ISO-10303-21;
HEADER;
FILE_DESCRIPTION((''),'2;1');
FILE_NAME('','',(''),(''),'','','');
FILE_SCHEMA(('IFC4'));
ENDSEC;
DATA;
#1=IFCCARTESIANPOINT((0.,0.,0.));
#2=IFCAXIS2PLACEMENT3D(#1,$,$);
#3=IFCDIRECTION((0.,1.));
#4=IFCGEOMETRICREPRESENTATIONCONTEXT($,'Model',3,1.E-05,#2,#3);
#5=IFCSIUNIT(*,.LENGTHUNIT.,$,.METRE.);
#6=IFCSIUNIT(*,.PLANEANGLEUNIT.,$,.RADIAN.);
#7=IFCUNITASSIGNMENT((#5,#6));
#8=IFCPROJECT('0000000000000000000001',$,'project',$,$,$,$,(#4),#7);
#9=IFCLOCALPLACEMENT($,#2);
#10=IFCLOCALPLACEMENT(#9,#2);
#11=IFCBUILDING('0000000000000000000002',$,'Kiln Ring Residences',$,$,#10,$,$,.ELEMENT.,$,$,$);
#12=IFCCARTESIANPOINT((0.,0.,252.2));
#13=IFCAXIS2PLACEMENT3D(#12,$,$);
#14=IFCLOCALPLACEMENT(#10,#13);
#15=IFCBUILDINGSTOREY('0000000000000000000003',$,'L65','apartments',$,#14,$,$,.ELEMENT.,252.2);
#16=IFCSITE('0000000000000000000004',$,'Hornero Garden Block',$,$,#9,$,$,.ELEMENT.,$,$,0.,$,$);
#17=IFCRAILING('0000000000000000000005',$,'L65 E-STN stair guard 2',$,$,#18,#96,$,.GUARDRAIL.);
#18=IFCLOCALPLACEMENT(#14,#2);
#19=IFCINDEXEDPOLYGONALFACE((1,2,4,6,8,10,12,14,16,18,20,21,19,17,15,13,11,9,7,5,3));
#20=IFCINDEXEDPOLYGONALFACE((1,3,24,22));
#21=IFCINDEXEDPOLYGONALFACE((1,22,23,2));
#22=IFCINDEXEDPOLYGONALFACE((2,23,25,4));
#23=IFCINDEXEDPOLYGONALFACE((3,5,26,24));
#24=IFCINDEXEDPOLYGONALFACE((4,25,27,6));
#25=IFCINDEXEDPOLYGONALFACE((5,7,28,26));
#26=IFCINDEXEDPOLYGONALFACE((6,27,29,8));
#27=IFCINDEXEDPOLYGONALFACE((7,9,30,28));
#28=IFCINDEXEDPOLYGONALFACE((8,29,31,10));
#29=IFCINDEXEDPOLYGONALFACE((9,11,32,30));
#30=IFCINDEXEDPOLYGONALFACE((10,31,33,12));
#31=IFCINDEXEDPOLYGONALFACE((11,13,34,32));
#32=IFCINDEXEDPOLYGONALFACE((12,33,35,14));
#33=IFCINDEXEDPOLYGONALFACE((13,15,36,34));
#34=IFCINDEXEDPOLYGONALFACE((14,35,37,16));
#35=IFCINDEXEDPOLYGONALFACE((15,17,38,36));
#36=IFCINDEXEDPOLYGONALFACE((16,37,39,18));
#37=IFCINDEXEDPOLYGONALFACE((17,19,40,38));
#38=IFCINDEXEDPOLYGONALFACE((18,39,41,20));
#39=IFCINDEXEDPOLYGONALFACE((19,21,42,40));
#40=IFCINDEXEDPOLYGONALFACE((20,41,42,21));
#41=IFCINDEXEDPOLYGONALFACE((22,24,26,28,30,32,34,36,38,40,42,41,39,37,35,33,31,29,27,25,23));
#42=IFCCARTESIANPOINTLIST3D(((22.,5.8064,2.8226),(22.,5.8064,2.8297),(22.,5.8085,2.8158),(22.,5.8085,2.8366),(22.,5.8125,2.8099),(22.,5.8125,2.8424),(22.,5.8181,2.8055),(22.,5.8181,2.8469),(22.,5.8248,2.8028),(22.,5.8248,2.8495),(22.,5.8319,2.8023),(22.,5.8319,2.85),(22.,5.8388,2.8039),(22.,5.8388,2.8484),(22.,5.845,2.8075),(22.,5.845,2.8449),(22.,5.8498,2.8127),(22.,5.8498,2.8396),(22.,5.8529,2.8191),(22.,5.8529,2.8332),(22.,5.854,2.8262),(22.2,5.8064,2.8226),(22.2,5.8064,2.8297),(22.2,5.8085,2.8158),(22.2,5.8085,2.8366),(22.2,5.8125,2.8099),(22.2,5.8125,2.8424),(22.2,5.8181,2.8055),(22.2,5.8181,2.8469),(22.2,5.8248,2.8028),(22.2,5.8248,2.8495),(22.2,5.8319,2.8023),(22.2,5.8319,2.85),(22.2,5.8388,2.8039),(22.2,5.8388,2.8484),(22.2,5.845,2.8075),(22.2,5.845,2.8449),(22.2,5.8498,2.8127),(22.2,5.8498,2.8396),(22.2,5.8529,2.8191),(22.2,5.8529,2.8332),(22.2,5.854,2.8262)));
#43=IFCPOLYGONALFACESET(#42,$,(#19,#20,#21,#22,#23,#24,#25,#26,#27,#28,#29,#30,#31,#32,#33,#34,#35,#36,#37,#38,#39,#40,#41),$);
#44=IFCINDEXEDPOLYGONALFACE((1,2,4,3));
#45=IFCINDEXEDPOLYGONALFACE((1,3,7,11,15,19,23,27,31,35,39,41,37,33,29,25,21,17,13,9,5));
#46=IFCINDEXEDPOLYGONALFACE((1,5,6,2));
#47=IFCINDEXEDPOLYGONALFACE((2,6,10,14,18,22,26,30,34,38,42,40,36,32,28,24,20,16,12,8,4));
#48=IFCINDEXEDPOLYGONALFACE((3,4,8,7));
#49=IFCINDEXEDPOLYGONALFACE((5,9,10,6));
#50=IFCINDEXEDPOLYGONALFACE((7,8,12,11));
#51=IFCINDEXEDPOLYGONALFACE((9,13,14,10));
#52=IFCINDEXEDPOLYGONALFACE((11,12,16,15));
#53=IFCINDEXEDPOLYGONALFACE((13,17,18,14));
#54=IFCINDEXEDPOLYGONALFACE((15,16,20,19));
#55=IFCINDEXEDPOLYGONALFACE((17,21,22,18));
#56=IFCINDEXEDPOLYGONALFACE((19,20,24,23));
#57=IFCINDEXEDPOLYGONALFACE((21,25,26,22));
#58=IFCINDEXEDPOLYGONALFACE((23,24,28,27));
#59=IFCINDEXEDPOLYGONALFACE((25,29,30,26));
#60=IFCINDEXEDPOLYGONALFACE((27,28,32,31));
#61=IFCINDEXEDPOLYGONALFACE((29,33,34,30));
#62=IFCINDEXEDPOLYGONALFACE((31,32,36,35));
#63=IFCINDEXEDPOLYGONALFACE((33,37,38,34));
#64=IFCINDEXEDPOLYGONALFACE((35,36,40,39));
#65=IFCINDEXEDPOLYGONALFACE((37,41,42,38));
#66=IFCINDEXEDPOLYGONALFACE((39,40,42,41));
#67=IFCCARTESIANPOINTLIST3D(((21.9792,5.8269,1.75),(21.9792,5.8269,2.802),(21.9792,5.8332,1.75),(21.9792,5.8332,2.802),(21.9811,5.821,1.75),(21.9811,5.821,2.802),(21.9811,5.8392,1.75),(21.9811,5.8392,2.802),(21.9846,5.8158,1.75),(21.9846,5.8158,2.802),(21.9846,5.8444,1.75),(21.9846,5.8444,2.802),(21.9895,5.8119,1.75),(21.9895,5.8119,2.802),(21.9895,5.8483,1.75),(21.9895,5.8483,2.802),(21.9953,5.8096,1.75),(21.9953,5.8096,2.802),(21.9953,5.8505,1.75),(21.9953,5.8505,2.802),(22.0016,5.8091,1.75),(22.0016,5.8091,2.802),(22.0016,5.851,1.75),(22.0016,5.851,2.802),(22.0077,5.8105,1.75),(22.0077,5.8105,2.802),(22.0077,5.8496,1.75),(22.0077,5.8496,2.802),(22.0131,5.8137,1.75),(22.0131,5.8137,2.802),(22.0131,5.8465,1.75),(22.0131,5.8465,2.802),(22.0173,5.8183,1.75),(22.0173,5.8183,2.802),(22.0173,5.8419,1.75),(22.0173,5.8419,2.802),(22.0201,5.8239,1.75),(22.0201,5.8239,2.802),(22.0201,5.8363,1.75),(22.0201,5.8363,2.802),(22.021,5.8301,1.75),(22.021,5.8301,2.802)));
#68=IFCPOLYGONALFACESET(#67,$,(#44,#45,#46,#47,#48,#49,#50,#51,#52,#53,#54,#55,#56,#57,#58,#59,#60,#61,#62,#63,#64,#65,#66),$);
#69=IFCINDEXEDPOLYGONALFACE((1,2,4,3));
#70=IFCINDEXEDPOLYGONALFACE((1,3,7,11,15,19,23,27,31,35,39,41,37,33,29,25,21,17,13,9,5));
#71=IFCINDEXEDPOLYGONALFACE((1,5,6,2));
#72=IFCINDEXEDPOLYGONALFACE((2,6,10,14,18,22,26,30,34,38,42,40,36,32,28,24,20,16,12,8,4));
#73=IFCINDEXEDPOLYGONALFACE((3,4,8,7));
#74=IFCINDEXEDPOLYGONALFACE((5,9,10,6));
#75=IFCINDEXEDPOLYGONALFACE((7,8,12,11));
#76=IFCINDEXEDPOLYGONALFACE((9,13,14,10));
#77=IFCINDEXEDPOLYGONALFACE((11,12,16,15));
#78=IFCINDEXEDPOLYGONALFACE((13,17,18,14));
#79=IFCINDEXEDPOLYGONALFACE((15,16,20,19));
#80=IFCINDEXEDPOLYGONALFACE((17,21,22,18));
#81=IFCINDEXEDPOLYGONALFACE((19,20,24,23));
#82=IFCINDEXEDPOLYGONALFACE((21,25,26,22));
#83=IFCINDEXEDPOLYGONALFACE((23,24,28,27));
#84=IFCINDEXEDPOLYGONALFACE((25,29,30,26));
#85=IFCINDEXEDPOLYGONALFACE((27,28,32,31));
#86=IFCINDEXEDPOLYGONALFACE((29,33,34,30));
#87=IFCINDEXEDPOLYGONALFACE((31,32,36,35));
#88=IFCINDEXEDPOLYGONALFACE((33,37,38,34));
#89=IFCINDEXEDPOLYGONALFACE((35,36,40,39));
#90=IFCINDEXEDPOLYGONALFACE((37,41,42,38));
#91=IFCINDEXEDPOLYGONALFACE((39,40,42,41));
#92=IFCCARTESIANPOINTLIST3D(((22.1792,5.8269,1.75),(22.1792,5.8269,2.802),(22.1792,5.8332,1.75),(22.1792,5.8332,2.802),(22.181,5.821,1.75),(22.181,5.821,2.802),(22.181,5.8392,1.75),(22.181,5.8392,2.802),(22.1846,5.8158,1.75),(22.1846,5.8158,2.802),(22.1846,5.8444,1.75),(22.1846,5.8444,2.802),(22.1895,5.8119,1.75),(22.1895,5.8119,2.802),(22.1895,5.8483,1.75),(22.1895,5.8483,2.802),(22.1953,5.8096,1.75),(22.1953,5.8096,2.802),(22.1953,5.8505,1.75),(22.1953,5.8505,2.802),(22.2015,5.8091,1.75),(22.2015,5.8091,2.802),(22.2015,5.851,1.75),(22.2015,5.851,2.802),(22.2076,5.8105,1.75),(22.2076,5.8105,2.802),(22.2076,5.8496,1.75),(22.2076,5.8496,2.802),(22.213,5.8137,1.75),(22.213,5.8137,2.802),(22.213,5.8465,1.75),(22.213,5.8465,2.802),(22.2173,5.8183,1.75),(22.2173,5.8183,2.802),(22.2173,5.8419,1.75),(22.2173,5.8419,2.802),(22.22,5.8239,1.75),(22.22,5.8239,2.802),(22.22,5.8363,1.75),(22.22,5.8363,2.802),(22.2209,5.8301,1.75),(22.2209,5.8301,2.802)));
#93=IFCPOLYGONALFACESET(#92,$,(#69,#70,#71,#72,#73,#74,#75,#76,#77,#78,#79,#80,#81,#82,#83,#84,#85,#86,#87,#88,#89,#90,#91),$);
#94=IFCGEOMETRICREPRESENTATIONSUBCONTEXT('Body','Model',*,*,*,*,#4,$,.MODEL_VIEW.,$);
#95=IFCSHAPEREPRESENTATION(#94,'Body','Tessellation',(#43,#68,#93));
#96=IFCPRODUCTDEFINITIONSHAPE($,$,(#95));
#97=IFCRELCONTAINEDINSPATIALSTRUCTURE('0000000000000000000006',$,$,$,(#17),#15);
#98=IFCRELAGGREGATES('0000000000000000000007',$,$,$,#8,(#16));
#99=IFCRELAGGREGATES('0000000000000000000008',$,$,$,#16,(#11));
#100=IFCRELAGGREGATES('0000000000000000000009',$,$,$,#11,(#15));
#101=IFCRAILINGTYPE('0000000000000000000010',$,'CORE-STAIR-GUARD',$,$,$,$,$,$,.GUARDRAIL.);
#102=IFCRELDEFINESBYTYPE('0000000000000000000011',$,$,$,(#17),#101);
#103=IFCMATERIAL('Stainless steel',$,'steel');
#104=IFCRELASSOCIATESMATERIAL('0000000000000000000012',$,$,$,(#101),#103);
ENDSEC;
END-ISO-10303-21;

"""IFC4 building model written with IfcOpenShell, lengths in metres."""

from ifc_helpers import new_model, si_unit, direction, frame, origin, origin_2d, place, context, subcontext, project, spatial, circle, extrude, material, type_object, element, save


model = new_model("IFC4")

# Units and contexts
model_context = context("Model", 3, precision=1e-05, world=origin(), true_north=direction((0.0, 1.0)))
body_context = subcontext(model_context, "Body", "Model", "MODEL_VIEW")
ifc_project = project(units=[si_unit("LENGTHUNIT", "METRE"), si_unit("PLANEANGLEUNIT", "RADIAN")], contexts=[model_context])

# Site, building, storey
site_placement = place(None, origin())
site = spatial("IfcSite", under=ifc_project, at=site_placement, Name="Hornero Garden Block", CompositionType="ELEMENT", RefElevation=0.0)
building_placement = place(site_placement, origin())
building = spatial("IfcBuilding", under=site, at=building_placement, Name="Kiln Ring Residences", CompositionType="ELEMENT")
storey_placement = place(building_placement, frame((0.0, 0.0, 252.2)))
storey = spatial("IfcBuildingStorey", under=building, at=storey_placement, Name="L65", Description="apartments", CompositionType="ELEMENT", Elevation=252.2)

# Railing
ifc_material_1 = material(Name="Stainless steel", Category="steel")
railing_type_1 = type_object("IfcRailingType", Name="CORE-STAIR-GUARD", PredefinedType="GUARDRAIL", material=ifc_material_1)
railing_1_placement = place(storey_placement, frame((22.0, 5.8301, 1.75)))
element("IfcRailing", 1, at=railing_1_placement, inside=storey, type_object=railing_type_1, Name="L65 E-STN stair guard 2", PredefinedType="GUARDRAIL", context=body_context, shape_type="SweptSolid", body=[
    extrude(circle(Radius=0.0239, at=origin_2d()), frame((0.0, 0.0, 1.0762), z_axis=(1.0, 0.0, 0.0), x_axis=(0.0, 1.0, 0.0)), (0.0, 0.0, 1.0), 0.2),
    extrude(circle(Radius=0.021, at=origin_2d()), origin(), (0.0, 0.0, 1.0), 1.052),
    extrude(circle(Radius=0.021, at=origin_2d()), frame((0.2, 0.0, 0.0)), (0.0, 0.0, 1.0), 1.052),
])

save(model, "model.ifc")
